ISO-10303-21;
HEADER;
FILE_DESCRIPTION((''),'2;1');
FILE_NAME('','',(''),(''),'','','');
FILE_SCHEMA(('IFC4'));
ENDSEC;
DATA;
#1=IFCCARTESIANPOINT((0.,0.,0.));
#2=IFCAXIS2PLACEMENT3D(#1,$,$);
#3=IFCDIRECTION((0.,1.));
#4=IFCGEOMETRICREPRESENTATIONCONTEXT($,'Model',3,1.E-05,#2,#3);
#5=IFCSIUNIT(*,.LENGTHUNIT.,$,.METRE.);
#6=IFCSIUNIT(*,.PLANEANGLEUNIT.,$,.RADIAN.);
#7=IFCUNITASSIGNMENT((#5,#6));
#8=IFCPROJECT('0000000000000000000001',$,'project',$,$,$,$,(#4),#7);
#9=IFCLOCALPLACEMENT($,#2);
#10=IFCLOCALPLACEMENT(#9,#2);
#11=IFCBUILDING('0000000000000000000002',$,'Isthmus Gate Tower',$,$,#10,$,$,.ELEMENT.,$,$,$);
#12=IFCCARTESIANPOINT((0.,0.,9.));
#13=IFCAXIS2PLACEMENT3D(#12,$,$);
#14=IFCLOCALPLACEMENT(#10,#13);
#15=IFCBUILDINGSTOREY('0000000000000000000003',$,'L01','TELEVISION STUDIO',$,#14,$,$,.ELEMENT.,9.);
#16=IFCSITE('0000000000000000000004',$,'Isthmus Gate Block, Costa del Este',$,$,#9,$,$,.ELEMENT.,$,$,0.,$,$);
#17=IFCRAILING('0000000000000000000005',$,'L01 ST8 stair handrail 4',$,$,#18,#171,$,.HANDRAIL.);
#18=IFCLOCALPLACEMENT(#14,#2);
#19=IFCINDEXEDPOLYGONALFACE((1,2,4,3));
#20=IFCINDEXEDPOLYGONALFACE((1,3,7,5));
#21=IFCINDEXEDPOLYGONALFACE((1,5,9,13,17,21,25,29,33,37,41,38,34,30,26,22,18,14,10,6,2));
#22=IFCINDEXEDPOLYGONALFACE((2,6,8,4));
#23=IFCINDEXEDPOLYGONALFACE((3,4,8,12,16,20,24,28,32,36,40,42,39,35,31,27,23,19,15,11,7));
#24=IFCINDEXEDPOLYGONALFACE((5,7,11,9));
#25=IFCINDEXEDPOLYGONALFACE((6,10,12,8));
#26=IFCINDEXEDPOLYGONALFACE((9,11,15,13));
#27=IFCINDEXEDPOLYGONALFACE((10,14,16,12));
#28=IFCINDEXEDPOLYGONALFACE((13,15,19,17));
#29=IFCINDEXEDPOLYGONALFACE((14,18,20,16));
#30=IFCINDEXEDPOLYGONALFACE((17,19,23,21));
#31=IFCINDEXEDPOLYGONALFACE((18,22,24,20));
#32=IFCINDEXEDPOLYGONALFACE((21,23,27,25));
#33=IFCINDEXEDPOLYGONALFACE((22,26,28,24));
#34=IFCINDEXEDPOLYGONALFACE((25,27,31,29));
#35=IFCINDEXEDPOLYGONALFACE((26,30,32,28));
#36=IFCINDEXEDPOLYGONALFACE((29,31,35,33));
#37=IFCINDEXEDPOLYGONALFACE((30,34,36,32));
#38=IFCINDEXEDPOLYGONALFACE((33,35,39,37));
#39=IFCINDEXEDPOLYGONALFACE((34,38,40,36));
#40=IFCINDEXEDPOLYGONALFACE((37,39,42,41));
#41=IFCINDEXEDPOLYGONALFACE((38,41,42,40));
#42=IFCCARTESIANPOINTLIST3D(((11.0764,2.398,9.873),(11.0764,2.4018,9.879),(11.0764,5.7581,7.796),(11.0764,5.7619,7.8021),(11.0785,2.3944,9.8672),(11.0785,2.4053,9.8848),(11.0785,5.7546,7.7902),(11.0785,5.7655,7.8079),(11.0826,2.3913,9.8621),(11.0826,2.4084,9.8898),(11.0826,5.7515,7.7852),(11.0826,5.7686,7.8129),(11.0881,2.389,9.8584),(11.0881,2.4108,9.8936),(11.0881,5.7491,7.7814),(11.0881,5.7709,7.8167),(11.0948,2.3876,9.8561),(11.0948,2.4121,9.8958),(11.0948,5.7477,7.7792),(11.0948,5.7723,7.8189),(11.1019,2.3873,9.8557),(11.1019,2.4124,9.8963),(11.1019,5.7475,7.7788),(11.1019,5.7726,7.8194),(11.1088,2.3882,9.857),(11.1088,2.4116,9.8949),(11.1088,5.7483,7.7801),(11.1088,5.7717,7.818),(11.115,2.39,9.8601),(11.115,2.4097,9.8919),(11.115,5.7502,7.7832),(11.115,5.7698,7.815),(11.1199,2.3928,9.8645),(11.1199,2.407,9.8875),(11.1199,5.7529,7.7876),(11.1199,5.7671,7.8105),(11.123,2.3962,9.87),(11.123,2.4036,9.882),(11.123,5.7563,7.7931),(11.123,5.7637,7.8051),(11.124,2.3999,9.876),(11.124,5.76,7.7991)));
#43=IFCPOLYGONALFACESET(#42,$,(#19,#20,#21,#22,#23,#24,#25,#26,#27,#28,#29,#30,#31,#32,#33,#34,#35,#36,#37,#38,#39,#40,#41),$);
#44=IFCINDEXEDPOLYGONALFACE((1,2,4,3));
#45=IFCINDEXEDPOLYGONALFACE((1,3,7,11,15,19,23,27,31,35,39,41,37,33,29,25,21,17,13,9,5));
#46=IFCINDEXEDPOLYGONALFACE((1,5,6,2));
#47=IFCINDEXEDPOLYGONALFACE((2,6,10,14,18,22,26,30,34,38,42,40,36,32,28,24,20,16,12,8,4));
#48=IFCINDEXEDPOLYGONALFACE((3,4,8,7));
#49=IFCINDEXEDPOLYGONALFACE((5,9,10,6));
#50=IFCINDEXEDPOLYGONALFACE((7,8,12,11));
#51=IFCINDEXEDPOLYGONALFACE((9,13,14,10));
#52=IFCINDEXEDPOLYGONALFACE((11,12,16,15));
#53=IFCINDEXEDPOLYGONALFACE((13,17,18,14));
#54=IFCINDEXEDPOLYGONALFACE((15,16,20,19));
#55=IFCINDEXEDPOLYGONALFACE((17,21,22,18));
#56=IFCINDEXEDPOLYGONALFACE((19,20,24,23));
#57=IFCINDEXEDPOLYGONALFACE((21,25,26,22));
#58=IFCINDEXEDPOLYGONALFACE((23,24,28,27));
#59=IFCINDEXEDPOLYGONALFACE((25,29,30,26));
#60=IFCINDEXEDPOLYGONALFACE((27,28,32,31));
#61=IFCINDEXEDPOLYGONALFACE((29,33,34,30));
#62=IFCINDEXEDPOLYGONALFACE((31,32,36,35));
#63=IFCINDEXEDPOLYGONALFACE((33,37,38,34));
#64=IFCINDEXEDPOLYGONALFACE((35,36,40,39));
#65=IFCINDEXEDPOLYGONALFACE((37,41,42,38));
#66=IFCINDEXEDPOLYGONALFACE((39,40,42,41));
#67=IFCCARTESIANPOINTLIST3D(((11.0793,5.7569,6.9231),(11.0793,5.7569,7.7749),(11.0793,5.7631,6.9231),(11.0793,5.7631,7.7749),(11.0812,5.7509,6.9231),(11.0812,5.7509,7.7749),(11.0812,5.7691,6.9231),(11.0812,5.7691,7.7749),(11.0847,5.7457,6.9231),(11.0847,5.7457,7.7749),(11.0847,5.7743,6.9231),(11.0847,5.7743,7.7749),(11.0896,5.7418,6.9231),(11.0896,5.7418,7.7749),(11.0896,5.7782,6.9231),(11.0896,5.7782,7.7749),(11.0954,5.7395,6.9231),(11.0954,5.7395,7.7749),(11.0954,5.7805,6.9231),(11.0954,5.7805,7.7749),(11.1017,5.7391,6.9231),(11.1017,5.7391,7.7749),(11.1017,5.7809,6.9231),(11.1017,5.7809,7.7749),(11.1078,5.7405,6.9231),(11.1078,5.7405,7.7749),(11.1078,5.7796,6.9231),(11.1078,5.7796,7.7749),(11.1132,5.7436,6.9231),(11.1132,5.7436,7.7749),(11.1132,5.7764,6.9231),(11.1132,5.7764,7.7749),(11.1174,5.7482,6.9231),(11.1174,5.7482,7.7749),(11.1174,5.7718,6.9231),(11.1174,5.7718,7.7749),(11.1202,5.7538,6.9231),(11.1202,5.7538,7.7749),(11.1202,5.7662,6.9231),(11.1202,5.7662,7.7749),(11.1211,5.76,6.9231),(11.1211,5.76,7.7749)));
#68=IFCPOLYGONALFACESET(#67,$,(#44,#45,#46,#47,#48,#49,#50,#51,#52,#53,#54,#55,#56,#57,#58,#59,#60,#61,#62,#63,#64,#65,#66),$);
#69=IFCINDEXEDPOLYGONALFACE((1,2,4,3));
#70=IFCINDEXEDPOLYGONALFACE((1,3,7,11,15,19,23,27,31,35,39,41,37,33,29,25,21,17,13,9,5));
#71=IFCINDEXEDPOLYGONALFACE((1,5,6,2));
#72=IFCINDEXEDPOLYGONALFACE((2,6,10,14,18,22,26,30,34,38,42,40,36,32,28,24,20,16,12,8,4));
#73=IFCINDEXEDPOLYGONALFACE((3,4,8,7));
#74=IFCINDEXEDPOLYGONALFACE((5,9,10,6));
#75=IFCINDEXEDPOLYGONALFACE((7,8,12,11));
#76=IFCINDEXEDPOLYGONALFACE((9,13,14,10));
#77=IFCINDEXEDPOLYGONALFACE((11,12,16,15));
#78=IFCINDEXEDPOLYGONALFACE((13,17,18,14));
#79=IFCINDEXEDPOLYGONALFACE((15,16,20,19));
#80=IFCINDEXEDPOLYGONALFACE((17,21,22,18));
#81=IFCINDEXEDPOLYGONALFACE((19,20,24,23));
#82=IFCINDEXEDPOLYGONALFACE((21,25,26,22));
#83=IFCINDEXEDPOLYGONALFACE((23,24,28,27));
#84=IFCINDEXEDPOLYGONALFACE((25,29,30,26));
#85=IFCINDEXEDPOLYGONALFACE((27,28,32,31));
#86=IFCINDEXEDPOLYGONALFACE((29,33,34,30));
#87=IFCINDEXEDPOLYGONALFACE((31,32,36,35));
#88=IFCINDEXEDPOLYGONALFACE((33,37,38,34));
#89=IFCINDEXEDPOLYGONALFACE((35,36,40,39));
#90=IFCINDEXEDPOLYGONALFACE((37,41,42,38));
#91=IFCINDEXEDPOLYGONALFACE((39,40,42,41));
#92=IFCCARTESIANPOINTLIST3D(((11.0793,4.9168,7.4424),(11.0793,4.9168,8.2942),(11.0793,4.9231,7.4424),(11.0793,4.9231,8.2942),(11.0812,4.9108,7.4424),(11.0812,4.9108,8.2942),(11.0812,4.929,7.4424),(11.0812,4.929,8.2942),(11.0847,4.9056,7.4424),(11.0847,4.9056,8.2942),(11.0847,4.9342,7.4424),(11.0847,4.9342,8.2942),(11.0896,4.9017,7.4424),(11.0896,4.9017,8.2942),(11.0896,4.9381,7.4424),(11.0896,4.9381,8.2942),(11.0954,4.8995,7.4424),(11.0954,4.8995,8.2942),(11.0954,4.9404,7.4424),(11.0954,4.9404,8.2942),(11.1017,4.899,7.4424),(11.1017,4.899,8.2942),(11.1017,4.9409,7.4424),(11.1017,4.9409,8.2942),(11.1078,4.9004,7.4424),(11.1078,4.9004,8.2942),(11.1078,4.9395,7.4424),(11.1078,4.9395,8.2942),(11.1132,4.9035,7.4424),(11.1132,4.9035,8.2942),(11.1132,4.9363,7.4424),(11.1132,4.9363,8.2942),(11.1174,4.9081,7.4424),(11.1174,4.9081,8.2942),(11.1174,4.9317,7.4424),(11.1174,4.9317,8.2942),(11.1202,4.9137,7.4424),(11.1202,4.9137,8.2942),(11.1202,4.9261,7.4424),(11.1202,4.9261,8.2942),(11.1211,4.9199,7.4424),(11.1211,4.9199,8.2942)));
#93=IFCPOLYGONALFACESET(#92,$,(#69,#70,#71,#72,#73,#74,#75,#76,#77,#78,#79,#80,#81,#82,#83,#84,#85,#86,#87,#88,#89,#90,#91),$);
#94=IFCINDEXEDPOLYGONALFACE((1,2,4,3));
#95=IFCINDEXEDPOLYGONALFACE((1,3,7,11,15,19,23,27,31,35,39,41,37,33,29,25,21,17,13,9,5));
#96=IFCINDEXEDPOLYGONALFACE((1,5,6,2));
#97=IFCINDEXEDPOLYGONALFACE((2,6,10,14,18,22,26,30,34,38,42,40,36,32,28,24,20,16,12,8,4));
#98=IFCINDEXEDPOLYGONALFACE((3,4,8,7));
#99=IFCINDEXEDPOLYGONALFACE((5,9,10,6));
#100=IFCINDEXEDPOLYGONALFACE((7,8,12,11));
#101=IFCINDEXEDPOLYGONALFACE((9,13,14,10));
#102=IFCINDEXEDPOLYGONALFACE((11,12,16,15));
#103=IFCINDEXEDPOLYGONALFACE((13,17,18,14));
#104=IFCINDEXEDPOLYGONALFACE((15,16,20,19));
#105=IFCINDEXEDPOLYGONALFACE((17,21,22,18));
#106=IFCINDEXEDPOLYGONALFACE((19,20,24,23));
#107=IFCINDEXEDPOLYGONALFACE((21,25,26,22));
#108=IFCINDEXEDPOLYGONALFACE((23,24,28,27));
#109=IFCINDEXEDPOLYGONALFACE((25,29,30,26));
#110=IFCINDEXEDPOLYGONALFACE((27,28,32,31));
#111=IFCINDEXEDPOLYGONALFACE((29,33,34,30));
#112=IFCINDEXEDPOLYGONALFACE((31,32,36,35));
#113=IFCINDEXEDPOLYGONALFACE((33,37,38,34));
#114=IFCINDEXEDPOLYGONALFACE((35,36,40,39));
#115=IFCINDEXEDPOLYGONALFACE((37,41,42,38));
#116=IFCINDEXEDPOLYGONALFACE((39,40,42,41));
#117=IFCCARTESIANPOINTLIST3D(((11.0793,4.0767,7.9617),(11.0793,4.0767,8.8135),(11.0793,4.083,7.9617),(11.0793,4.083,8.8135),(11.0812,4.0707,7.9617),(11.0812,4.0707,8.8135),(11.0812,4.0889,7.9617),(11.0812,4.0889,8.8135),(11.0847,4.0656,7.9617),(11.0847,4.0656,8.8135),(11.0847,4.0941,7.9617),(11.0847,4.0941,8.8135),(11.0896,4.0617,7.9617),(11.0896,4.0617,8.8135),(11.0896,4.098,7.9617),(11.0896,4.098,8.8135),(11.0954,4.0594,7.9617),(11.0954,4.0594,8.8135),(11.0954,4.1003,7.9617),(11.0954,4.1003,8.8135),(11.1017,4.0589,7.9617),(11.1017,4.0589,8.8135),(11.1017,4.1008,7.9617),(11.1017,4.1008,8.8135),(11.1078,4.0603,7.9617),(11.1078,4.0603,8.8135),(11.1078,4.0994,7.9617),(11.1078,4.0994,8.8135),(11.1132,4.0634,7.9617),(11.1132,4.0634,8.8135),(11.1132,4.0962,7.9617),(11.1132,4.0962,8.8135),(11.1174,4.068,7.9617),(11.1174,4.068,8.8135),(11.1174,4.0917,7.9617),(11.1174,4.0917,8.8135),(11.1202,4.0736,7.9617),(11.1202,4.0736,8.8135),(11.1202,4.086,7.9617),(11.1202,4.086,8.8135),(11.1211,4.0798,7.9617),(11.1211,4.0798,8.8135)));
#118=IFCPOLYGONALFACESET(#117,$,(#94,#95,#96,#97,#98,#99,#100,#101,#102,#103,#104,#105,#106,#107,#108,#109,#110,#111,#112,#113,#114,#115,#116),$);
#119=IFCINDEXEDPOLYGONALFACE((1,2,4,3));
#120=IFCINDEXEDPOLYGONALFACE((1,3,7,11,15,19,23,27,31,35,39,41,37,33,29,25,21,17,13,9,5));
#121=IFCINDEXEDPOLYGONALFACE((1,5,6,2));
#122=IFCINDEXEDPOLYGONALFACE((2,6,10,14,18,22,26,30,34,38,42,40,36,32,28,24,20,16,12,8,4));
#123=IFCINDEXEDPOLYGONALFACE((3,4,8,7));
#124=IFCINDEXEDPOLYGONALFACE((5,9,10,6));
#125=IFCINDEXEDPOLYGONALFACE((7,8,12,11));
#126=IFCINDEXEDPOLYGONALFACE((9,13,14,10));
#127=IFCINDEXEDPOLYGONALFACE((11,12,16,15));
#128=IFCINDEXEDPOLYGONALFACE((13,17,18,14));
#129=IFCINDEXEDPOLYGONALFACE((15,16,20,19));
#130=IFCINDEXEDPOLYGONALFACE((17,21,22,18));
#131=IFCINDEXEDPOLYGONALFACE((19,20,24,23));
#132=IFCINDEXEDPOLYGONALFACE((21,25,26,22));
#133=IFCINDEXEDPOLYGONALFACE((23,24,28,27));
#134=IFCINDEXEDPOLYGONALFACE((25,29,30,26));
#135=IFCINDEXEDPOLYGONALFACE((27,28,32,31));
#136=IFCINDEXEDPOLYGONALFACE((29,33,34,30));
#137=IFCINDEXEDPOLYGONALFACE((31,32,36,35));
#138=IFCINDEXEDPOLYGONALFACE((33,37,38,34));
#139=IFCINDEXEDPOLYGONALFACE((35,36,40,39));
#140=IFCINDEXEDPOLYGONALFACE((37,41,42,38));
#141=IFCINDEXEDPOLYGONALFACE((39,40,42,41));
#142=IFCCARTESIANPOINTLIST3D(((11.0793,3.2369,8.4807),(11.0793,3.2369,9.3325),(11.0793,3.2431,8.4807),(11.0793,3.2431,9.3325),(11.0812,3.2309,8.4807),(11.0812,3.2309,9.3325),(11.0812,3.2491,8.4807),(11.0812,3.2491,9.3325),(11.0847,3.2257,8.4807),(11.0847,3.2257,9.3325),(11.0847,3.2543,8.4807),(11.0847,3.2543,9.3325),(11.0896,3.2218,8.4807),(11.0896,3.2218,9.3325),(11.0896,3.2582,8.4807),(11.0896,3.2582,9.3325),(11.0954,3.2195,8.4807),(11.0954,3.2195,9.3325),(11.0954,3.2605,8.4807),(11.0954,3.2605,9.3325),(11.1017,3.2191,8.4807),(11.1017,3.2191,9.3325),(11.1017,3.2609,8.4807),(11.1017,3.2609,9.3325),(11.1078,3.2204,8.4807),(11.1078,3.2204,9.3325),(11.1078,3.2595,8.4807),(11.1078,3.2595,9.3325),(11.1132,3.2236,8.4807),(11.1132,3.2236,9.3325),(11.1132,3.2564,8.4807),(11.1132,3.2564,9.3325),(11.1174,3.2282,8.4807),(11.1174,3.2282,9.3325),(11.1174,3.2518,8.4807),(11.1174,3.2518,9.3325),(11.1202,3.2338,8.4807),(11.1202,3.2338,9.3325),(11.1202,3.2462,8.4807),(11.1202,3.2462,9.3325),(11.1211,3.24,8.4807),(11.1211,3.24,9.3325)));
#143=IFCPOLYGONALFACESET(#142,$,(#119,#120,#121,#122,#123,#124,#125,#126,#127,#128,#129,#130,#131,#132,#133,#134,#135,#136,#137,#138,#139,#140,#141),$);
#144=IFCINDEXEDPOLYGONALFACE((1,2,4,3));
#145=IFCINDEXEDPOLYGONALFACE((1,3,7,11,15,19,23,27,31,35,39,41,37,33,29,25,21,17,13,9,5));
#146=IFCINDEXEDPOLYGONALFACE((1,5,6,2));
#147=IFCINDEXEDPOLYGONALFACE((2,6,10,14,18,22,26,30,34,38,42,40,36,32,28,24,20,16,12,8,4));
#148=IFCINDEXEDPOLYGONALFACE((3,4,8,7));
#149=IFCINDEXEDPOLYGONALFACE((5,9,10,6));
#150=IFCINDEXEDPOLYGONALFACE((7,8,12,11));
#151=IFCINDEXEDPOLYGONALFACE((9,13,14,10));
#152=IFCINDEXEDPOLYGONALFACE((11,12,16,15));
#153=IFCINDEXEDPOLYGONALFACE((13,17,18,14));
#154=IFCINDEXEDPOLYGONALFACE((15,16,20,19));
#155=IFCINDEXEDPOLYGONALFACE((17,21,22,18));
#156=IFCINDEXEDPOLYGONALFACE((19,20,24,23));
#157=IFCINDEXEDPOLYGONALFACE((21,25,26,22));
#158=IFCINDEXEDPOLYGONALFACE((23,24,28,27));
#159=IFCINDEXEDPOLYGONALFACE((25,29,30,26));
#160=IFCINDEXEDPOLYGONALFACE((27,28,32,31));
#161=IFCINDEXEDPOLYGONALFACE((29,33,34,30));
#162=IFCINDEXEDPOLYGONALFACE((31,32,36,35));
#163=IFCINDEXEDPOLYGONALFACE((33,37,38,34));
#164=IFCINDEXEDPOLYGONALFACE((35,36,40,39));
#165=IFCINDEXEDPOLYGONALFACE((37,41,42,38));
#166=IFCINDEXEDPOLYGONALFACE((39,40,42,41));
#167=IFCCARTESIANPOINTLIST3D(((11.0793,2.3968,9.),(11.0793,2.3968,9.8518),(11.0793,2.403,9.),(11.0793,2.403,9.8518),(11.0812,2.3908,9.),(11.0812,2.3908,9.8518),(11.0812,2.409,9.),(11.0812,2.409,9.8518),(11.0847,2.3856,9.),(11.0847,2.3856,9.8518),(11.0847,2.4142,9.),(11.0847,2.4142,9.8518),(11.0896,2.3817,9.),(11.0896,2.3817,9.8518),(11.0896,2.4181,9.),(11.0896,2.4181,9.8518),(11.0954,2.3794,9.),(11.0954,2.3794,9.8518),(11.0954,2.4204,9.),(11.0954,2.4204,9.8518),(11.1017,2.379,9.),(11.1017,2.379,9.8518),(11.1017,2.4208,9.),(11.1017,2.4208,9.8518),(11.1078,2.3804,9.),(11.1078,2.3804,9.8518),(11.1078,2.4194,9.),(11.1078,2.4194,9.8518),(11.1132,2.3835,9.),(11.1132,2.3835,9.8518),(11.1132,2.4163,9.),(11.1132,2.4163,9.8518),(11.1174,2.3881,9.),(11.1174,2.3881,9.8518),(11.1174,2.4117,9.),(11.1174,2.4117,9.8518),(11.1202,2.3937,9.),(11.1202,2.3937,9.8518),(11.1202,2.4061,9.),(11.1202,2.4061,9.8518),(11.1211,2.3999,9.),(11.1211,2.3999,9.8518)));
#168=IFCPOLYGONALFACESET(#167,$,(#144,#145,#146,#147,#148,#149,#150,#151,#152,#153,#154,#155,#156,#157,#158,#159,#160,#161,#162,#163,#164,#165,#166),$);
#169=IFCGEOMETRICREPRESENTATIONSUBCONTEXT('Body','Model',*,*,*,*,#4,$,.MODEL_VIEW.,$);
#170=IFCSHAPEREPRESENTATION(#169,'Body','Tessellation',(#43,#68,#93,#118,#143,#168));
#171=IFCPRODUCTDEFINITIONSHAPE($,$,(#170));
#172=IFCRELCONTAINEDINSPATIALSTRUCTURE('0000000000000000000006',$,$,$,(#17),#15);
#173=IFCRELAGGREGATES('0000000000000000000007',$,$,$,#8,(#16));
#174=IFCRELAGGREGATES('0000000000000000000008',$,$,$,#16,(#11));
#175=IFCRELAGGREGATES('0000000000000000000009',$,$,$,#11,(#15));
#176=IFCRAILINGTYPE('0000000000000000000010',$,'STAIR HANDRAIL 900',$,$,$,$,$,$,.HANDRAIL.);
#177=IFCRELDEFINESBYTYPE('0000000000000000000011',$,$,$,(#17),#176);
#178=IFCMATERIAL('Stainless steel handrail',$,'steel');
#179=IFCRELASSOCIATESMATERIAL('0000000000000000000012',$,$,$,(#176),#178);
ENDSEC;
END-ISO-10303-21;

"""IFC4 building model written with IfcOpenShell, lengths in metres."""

from ifc_helpers import new_model, si_unit, direction, frame, origin, origin_2d, place, context, subcontext, project, spatial, circle, extrude, material, type_object, element, save


model = new_model("IFC4")

# Units and contexts
model_context = context("Model", 3, precision=1e-05, world=origin(), true_north=direction((0.0, 1.0)))
body_context = subcontext(model_context, "Body", "Model", "MODEL_VIEW")
ifc_project = project(units=[si_unit("LENGTHUNIT", "METRE"), si_unit("PLANEANGLEUNIT", "RADIAN")], contexts=[model_context])

# Site, building, storey
site_placement = place(None, origin())
site = spatial("IfcSite", under=ifc_project, at=site_placement, Name="Isthmus Gate Block, Costa del Este", CompositionType="ELEMENT", RefElevation=0.0)
building_placement = place(site_placement, origin())
building = spatial("IfcBuilding", under=site, at=building_placement, Name="Isthmus Gate Tower", CompositionType="ELEMENT")
storey_placement = place(building_placement, frame((0.0, 0.0, 9.0)))
storey = spatial("IfcBuildingStorey", under=building, at=storey_placement, Name="L01", Description="TELEVISION STUDIO", CompositionType="ELEMENT", Elevation=9.0)

# Railing
ifc_material_1 = material(Name="Stainless steel handrail", Category="steel")
railing_type_1 = type_object("IfcRailingType", Name="STAIR HANDRAIL 900", PredefinedType="HANDRAIL", material=ifc_material_1)
railing_1_placement = place(storey_placement, frame((11.1001, 5.76, 6.9231)))
element("IfcRailing", 1, at=railing_1_placement, inside=storey, type_object=railing_type_1, Name="L01 ST8 stair handrail 4", PredefinedType="HANDRAIL", context=body_context, shape_type="SweptSolid", body=[
    extrude(circle(Radius=0.0239, at=origin_2d()), frame((0.0, 0.0, 0.876), z_axis=(0.0, -0.850623, 0.525776), x_axis=(1.0, 0.0, 0.0)), (0.0, 0.0, 1.0), 3.9502),
    extrude(circle(Radius=0.021, at=origin_2d()), origin(), (0.0, 0.0, 1.0), 0.8518),
    extrude(circle(Radius=0.021, at=origin_2d()), frame((0.0, -0.8401, 0.5193)), (0.0, 0.0, 1.0), 0.8518),
    extrude(circle(Radius=0.021, at=origin_2d()), frame((0.0, -1.6802, 1.0386)), (0.0, 0.0, 1.0), 0.8518),
    extrude(circle(Radius=0.021, at=origin_2d()), frame((0.0, -2.52, 1.5576)), (0.0, 0.0, 1.0), 0.8518),
    extrude(circle(Radius=0.021, at=origin_2d()), frame((0.0, -3.3601, 2.0769)), (0.0, 0.0, 1.0), 0.8518),
])

save(model, "model.ifc")
